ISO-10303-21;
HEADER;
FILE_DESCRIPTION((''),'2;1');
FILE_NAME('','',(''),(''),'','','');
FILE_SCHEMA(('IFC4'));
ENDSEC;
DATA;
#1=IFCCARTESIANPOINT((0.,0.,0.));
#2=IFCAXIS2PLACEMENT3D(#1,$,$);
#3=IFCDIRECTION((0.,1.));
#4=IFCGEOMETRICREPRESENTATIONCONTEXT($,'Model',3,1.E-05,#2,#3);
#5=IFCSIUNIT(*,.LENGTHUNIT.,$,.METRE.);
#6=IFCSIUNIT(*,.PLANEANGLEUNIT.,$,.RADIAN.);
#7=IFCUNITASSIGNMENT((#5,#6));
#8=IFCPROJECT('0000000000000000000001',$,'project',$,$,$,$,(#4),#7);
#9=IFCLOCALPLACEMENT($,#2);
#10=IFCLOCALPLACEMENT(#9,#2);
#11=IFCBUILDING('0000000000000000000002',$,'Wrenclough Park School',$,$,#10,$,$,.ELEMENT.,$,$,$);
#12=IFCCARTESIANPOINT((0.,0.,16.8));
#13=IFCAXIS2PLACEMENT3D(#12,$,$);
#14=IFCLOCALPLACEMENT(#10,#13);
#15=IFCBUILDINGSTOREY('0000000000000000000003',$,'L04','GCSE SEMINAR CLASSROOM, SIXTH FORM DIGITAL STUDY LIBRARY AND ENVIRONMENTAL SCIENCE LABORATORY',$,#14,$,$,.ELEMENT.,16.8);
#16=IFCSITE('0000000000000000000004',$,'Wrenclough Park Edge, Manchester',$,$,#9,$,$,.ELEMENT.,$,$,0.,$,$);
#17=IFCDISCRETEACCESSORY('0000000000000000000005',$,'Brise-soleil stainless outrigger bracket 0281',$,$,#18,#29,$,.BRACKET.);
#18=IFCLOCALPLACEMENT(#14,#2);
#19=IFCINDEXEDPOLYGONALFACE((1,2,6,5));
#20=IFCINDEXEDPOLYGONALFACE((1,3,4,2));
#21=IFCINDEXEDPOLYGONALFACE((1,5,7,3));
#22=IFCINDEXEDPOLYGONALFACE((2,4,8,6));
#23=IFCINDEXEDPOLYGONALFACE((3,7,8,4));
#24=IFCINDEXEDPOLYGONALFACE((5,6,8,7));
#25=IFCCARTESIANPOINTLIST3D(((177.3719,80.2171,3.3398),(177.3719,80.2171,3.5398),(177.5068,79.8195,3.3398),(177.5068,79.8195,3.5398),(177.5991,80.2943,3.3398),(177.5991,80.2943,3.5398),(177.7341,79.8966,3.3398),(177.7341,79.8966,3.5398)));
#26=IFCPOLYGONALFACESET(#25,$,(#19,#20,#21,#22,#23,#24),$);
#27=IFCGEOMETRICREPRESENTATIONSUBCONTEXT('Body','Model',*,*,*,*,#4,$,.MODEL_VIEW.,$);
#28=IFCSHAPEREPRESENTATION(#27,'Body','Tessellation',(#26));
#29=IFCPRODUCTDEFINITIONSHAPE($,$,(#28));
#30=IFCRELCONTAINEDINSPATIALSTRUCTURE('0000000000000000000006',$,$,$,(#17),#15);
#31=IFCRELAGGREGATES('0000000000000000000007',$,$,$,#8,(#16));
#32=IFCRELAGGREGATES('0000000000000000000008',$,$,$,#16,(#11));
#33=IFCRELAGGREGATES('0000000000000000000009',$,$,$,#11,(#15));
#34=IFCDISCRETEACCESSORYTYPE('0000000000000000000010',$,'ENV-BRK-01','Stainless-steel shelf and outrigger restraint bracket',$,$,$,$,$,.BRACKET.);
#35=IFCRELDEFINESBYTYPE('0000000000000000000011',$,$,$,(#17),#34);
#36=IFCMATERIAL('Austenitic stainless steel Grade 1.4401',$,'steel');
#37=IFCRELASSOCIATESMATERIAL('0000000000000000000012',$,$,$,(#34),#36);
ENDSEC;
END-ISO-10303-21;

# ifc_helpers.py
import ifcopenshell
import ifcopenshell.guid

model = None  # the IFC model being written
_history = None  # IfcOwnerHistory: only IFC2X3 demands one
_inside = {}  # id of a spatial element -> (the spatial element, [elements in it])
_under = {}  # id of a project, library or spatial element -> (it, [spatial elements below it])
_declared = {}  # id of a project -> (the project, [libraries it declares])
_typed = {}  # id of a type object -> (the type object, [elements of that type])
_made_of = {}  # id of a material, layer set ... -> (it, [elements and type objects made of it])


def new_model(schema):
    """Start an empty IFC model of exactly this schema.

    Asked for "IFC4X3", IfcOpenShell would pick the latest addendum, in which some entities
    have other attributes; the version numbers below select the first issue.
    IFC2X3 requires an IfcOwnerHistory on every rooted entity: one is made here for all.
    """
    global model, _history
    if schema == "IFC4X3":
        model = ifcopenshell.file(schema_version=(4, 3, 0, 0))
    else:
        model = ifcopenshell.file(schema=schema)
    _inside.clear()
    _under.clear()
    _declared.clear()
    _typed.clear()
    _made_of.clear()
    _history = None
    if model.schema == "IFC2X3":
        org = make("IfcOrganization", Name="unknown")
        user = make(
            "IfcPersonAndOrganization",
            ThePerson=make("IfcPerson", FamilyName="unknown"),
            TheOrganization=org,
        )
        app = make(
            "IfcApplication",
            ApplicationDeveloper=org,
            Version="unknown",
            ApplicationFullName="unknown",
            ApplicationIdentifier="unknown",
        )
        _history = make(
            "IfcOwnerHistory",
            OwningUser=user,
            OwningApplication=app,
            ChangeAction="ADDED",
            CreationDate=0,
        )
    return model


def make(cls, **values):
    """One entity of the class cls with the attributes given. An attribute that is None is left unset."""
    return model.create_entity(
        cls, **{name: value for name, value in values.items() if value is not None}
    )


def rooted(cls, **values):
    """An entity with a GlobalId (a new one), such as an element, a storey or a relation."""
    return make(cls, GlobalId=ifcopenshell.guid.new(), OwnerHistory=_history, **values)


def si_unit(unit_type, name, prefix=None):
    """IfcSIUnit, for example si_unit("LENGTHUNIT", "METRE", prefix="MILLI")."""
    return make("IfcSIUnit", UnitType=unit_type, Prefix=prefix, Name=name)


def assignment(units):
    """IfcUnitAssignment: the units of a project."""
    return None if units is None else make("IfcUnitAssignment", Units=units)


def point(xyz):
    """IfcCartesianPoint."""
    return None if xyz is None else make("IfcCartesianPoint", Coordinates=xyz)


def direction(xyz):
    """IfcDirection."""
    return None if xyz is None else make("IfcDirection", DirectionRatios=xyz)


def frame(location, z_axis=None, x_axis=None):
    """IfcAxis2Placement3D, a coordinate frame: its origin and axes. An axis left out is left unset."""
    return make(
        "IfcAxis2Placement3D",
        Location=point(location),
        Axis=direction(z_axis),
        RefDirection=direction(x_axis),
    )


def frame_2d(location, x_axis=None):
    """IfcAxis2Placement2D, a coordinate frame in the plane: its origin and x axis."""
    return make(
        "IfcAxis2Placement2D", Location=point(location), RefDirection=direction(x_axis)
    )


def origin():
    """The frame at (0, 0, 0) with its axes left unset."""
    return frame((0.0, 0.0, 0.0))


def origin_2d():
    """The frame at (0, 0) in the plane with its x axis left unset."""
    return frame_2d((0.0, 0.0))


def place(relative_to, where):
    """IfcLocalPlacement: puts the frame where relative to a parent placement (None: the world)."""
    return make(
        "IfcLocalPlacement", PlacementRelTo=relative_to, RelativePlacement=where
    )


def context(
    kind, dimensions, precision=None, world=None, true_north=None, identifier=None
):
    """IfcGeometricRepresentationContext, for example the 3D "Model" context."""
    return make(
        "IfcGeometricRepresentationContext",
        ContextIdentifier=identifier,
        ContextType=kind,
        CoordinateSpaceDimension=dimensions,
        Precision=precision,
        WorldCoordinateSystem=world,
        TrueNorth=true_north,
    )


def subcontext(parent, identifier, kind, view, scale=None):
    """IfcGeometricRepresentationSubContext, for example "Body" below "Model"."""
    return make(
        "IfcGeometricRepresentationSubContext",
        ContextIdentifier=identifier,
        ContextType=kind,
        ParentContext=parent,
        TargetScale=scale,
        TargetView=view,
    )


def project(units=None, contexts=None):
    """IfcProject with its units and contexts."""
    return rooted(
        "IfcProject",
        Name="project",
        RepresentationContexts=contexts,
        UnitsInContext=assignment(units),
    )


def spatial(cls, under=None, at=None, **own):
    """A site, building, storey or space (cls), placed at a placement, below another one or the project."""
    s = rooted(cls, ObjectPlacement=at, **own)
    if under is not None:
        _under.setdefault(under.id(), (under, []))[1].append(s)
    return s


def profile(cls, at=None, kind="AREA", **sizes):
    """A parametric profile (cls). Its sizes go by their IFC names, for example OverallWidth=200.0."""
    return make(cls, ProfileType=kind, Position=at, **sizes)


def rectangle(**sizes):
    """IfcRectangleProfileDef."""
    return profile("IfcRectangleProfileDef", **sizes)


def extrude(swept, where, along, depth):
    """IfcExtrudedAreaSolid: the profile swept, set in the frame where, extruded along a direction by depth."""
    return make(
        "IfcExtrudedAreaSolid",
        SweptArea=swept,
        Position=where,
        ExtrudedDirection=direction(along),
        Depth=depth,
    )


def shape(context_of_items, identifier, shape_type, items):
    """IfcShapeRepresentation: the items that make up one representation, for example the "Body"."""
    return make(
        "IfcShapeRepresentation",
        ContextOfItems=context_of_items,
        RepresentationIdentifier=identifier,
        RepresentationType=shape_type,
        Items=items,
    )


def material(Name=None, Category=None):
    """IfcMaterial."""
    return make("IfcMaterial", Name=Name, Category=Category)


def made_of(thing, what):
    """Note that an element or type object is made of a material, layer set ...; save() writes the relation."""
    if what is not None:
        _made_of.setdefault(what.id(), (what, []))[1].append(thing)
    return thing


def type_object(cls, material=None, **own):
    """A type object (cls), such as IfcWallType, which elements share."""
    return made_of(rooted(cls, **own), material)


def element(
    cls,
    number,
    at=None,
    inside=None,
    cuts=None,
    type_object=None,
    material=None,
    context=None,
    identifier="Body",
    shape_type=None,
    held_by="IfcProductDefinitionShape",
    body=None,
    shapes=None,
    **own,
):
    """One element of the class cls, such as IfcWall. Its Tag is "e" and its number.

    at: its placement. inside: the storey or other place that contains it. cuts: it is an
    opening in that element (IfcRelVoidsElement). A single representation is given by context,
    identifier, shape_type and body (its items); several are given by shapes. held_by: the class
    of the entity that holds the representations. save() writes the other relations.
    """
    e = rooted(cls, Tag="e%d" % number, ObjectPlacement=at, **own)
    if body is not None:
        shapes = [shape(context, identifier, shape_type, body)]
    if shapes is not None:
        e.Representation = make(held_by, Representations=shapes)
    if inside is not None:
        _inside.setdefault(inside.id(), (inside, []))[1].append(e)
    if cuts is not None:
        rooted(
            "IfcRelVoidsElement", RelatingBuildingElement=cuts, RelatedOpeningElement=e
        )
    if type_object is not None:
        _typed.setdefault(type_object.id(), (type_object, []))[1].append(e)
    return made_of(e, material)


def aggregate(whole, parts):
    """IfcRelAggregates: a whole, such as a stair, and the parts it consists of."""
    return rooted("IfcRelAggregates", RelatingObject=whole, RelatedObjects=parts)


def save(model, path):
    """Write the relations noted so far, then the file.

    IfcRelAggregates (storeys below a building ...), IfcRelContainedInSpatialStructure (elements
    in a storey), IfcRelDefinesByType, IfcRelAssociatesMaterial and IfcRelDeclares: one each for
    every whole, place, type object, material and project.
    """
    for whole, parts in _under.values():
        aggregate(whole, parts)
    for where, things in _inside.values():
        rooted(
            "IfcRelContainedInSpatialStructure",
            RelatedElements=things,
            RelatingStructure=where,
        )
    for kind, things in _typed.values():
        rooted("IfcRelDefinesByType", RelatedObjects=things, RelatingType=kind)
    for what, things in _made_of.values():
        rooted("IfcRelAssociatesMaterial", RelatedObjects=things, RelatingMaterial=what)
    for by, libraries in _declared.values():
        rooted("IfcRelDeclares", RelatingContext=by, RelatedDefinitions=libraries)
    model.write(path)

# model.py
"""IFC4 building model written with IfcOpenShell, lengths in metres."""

from ifc_helpers import new_model, si_unit, direction, frame, origin, origin_2d, place, context, subcontext, project, spatial, rectangle, extrude, material, type_object, element, save


model = new_model("IFC4")

# Units and contexts
model_context = context("Model", 3, precision=1e-05, world=origin(), true_north=direction((0.0, 1.0)))
body_context = subcontext(model_context, "Body", "Model", "MODEL_VIEW")
ifc_project = project(units=[si_unit("LENGTHUNIT", "METRE"), si_unit("PLANEANGLEUNIT", "RADIAN")], contexts=[model_context])

# Site, building, storey
site_placement = place(None, origin())
site = spatial("IfcSite", under=ifc_project, at=site_placement, Name="Wrenclough Park Edge, Manchester", CompositionType="ELEMENT", RefElevation=0.0)
building_placement = place(site_placement, origin())
building = spatial("IfcBuilding", under=site, at=building_placement, Name="Wrenclough Park School", CompositionType="ELEMENT")
storey_placement = place(building_placement, frame((0.0, 0.0, 16.8)))
storey = spatial("IfcBuildingStorey", under=building, at=storey_placement, Name="L04", Description="GCSE SEMINAR CLASSROOM, SIXTH FORM DIGITAL STUDY LIBRARY AND ENVIRONMENTAL SCIENCE LABORATORY", CompositionType="ELEMENT", Elevation=16.8)

# Discrete accessory
ifc_material_1 = material(Name="Austenitic stainless steel Grade 1.4401", Category="steel")
discrete_accessory_type = type_object("IfcDiscreteAccessoryType", Name="ENV-BRK-01", Description="Stainless-steel shelf and outrigger restraint bracket", PredefinedType="BRACKET", material=ifc_material_1)
for number, where, z_axis, x_axis, name in (
    (1, (177.553, 80.0569, 3.3398), (0.0, 0.0, 1.0), (0.946937, 0.321421, 0.0), "Brise-soleil stainless outrigger bracket 0281"),
):
    element("IfcDiscreteAccessory", number, at=place(storey_placement, frame(where, z_axis=z_axis, x_axis=x_axis)), inside=storey, type_object=discrete_accessory_type, Name=name, PredefinedType="BRACKET", context=body_context, shape_type="SweptSolid", body=[
        extrude(rectangle(XDim=0.24, YDim=0.4199, at=origin_2d()), origin(), (0.0, 0.0, 1.0), 0.2),
    ])

save(model, "model.ifc")
